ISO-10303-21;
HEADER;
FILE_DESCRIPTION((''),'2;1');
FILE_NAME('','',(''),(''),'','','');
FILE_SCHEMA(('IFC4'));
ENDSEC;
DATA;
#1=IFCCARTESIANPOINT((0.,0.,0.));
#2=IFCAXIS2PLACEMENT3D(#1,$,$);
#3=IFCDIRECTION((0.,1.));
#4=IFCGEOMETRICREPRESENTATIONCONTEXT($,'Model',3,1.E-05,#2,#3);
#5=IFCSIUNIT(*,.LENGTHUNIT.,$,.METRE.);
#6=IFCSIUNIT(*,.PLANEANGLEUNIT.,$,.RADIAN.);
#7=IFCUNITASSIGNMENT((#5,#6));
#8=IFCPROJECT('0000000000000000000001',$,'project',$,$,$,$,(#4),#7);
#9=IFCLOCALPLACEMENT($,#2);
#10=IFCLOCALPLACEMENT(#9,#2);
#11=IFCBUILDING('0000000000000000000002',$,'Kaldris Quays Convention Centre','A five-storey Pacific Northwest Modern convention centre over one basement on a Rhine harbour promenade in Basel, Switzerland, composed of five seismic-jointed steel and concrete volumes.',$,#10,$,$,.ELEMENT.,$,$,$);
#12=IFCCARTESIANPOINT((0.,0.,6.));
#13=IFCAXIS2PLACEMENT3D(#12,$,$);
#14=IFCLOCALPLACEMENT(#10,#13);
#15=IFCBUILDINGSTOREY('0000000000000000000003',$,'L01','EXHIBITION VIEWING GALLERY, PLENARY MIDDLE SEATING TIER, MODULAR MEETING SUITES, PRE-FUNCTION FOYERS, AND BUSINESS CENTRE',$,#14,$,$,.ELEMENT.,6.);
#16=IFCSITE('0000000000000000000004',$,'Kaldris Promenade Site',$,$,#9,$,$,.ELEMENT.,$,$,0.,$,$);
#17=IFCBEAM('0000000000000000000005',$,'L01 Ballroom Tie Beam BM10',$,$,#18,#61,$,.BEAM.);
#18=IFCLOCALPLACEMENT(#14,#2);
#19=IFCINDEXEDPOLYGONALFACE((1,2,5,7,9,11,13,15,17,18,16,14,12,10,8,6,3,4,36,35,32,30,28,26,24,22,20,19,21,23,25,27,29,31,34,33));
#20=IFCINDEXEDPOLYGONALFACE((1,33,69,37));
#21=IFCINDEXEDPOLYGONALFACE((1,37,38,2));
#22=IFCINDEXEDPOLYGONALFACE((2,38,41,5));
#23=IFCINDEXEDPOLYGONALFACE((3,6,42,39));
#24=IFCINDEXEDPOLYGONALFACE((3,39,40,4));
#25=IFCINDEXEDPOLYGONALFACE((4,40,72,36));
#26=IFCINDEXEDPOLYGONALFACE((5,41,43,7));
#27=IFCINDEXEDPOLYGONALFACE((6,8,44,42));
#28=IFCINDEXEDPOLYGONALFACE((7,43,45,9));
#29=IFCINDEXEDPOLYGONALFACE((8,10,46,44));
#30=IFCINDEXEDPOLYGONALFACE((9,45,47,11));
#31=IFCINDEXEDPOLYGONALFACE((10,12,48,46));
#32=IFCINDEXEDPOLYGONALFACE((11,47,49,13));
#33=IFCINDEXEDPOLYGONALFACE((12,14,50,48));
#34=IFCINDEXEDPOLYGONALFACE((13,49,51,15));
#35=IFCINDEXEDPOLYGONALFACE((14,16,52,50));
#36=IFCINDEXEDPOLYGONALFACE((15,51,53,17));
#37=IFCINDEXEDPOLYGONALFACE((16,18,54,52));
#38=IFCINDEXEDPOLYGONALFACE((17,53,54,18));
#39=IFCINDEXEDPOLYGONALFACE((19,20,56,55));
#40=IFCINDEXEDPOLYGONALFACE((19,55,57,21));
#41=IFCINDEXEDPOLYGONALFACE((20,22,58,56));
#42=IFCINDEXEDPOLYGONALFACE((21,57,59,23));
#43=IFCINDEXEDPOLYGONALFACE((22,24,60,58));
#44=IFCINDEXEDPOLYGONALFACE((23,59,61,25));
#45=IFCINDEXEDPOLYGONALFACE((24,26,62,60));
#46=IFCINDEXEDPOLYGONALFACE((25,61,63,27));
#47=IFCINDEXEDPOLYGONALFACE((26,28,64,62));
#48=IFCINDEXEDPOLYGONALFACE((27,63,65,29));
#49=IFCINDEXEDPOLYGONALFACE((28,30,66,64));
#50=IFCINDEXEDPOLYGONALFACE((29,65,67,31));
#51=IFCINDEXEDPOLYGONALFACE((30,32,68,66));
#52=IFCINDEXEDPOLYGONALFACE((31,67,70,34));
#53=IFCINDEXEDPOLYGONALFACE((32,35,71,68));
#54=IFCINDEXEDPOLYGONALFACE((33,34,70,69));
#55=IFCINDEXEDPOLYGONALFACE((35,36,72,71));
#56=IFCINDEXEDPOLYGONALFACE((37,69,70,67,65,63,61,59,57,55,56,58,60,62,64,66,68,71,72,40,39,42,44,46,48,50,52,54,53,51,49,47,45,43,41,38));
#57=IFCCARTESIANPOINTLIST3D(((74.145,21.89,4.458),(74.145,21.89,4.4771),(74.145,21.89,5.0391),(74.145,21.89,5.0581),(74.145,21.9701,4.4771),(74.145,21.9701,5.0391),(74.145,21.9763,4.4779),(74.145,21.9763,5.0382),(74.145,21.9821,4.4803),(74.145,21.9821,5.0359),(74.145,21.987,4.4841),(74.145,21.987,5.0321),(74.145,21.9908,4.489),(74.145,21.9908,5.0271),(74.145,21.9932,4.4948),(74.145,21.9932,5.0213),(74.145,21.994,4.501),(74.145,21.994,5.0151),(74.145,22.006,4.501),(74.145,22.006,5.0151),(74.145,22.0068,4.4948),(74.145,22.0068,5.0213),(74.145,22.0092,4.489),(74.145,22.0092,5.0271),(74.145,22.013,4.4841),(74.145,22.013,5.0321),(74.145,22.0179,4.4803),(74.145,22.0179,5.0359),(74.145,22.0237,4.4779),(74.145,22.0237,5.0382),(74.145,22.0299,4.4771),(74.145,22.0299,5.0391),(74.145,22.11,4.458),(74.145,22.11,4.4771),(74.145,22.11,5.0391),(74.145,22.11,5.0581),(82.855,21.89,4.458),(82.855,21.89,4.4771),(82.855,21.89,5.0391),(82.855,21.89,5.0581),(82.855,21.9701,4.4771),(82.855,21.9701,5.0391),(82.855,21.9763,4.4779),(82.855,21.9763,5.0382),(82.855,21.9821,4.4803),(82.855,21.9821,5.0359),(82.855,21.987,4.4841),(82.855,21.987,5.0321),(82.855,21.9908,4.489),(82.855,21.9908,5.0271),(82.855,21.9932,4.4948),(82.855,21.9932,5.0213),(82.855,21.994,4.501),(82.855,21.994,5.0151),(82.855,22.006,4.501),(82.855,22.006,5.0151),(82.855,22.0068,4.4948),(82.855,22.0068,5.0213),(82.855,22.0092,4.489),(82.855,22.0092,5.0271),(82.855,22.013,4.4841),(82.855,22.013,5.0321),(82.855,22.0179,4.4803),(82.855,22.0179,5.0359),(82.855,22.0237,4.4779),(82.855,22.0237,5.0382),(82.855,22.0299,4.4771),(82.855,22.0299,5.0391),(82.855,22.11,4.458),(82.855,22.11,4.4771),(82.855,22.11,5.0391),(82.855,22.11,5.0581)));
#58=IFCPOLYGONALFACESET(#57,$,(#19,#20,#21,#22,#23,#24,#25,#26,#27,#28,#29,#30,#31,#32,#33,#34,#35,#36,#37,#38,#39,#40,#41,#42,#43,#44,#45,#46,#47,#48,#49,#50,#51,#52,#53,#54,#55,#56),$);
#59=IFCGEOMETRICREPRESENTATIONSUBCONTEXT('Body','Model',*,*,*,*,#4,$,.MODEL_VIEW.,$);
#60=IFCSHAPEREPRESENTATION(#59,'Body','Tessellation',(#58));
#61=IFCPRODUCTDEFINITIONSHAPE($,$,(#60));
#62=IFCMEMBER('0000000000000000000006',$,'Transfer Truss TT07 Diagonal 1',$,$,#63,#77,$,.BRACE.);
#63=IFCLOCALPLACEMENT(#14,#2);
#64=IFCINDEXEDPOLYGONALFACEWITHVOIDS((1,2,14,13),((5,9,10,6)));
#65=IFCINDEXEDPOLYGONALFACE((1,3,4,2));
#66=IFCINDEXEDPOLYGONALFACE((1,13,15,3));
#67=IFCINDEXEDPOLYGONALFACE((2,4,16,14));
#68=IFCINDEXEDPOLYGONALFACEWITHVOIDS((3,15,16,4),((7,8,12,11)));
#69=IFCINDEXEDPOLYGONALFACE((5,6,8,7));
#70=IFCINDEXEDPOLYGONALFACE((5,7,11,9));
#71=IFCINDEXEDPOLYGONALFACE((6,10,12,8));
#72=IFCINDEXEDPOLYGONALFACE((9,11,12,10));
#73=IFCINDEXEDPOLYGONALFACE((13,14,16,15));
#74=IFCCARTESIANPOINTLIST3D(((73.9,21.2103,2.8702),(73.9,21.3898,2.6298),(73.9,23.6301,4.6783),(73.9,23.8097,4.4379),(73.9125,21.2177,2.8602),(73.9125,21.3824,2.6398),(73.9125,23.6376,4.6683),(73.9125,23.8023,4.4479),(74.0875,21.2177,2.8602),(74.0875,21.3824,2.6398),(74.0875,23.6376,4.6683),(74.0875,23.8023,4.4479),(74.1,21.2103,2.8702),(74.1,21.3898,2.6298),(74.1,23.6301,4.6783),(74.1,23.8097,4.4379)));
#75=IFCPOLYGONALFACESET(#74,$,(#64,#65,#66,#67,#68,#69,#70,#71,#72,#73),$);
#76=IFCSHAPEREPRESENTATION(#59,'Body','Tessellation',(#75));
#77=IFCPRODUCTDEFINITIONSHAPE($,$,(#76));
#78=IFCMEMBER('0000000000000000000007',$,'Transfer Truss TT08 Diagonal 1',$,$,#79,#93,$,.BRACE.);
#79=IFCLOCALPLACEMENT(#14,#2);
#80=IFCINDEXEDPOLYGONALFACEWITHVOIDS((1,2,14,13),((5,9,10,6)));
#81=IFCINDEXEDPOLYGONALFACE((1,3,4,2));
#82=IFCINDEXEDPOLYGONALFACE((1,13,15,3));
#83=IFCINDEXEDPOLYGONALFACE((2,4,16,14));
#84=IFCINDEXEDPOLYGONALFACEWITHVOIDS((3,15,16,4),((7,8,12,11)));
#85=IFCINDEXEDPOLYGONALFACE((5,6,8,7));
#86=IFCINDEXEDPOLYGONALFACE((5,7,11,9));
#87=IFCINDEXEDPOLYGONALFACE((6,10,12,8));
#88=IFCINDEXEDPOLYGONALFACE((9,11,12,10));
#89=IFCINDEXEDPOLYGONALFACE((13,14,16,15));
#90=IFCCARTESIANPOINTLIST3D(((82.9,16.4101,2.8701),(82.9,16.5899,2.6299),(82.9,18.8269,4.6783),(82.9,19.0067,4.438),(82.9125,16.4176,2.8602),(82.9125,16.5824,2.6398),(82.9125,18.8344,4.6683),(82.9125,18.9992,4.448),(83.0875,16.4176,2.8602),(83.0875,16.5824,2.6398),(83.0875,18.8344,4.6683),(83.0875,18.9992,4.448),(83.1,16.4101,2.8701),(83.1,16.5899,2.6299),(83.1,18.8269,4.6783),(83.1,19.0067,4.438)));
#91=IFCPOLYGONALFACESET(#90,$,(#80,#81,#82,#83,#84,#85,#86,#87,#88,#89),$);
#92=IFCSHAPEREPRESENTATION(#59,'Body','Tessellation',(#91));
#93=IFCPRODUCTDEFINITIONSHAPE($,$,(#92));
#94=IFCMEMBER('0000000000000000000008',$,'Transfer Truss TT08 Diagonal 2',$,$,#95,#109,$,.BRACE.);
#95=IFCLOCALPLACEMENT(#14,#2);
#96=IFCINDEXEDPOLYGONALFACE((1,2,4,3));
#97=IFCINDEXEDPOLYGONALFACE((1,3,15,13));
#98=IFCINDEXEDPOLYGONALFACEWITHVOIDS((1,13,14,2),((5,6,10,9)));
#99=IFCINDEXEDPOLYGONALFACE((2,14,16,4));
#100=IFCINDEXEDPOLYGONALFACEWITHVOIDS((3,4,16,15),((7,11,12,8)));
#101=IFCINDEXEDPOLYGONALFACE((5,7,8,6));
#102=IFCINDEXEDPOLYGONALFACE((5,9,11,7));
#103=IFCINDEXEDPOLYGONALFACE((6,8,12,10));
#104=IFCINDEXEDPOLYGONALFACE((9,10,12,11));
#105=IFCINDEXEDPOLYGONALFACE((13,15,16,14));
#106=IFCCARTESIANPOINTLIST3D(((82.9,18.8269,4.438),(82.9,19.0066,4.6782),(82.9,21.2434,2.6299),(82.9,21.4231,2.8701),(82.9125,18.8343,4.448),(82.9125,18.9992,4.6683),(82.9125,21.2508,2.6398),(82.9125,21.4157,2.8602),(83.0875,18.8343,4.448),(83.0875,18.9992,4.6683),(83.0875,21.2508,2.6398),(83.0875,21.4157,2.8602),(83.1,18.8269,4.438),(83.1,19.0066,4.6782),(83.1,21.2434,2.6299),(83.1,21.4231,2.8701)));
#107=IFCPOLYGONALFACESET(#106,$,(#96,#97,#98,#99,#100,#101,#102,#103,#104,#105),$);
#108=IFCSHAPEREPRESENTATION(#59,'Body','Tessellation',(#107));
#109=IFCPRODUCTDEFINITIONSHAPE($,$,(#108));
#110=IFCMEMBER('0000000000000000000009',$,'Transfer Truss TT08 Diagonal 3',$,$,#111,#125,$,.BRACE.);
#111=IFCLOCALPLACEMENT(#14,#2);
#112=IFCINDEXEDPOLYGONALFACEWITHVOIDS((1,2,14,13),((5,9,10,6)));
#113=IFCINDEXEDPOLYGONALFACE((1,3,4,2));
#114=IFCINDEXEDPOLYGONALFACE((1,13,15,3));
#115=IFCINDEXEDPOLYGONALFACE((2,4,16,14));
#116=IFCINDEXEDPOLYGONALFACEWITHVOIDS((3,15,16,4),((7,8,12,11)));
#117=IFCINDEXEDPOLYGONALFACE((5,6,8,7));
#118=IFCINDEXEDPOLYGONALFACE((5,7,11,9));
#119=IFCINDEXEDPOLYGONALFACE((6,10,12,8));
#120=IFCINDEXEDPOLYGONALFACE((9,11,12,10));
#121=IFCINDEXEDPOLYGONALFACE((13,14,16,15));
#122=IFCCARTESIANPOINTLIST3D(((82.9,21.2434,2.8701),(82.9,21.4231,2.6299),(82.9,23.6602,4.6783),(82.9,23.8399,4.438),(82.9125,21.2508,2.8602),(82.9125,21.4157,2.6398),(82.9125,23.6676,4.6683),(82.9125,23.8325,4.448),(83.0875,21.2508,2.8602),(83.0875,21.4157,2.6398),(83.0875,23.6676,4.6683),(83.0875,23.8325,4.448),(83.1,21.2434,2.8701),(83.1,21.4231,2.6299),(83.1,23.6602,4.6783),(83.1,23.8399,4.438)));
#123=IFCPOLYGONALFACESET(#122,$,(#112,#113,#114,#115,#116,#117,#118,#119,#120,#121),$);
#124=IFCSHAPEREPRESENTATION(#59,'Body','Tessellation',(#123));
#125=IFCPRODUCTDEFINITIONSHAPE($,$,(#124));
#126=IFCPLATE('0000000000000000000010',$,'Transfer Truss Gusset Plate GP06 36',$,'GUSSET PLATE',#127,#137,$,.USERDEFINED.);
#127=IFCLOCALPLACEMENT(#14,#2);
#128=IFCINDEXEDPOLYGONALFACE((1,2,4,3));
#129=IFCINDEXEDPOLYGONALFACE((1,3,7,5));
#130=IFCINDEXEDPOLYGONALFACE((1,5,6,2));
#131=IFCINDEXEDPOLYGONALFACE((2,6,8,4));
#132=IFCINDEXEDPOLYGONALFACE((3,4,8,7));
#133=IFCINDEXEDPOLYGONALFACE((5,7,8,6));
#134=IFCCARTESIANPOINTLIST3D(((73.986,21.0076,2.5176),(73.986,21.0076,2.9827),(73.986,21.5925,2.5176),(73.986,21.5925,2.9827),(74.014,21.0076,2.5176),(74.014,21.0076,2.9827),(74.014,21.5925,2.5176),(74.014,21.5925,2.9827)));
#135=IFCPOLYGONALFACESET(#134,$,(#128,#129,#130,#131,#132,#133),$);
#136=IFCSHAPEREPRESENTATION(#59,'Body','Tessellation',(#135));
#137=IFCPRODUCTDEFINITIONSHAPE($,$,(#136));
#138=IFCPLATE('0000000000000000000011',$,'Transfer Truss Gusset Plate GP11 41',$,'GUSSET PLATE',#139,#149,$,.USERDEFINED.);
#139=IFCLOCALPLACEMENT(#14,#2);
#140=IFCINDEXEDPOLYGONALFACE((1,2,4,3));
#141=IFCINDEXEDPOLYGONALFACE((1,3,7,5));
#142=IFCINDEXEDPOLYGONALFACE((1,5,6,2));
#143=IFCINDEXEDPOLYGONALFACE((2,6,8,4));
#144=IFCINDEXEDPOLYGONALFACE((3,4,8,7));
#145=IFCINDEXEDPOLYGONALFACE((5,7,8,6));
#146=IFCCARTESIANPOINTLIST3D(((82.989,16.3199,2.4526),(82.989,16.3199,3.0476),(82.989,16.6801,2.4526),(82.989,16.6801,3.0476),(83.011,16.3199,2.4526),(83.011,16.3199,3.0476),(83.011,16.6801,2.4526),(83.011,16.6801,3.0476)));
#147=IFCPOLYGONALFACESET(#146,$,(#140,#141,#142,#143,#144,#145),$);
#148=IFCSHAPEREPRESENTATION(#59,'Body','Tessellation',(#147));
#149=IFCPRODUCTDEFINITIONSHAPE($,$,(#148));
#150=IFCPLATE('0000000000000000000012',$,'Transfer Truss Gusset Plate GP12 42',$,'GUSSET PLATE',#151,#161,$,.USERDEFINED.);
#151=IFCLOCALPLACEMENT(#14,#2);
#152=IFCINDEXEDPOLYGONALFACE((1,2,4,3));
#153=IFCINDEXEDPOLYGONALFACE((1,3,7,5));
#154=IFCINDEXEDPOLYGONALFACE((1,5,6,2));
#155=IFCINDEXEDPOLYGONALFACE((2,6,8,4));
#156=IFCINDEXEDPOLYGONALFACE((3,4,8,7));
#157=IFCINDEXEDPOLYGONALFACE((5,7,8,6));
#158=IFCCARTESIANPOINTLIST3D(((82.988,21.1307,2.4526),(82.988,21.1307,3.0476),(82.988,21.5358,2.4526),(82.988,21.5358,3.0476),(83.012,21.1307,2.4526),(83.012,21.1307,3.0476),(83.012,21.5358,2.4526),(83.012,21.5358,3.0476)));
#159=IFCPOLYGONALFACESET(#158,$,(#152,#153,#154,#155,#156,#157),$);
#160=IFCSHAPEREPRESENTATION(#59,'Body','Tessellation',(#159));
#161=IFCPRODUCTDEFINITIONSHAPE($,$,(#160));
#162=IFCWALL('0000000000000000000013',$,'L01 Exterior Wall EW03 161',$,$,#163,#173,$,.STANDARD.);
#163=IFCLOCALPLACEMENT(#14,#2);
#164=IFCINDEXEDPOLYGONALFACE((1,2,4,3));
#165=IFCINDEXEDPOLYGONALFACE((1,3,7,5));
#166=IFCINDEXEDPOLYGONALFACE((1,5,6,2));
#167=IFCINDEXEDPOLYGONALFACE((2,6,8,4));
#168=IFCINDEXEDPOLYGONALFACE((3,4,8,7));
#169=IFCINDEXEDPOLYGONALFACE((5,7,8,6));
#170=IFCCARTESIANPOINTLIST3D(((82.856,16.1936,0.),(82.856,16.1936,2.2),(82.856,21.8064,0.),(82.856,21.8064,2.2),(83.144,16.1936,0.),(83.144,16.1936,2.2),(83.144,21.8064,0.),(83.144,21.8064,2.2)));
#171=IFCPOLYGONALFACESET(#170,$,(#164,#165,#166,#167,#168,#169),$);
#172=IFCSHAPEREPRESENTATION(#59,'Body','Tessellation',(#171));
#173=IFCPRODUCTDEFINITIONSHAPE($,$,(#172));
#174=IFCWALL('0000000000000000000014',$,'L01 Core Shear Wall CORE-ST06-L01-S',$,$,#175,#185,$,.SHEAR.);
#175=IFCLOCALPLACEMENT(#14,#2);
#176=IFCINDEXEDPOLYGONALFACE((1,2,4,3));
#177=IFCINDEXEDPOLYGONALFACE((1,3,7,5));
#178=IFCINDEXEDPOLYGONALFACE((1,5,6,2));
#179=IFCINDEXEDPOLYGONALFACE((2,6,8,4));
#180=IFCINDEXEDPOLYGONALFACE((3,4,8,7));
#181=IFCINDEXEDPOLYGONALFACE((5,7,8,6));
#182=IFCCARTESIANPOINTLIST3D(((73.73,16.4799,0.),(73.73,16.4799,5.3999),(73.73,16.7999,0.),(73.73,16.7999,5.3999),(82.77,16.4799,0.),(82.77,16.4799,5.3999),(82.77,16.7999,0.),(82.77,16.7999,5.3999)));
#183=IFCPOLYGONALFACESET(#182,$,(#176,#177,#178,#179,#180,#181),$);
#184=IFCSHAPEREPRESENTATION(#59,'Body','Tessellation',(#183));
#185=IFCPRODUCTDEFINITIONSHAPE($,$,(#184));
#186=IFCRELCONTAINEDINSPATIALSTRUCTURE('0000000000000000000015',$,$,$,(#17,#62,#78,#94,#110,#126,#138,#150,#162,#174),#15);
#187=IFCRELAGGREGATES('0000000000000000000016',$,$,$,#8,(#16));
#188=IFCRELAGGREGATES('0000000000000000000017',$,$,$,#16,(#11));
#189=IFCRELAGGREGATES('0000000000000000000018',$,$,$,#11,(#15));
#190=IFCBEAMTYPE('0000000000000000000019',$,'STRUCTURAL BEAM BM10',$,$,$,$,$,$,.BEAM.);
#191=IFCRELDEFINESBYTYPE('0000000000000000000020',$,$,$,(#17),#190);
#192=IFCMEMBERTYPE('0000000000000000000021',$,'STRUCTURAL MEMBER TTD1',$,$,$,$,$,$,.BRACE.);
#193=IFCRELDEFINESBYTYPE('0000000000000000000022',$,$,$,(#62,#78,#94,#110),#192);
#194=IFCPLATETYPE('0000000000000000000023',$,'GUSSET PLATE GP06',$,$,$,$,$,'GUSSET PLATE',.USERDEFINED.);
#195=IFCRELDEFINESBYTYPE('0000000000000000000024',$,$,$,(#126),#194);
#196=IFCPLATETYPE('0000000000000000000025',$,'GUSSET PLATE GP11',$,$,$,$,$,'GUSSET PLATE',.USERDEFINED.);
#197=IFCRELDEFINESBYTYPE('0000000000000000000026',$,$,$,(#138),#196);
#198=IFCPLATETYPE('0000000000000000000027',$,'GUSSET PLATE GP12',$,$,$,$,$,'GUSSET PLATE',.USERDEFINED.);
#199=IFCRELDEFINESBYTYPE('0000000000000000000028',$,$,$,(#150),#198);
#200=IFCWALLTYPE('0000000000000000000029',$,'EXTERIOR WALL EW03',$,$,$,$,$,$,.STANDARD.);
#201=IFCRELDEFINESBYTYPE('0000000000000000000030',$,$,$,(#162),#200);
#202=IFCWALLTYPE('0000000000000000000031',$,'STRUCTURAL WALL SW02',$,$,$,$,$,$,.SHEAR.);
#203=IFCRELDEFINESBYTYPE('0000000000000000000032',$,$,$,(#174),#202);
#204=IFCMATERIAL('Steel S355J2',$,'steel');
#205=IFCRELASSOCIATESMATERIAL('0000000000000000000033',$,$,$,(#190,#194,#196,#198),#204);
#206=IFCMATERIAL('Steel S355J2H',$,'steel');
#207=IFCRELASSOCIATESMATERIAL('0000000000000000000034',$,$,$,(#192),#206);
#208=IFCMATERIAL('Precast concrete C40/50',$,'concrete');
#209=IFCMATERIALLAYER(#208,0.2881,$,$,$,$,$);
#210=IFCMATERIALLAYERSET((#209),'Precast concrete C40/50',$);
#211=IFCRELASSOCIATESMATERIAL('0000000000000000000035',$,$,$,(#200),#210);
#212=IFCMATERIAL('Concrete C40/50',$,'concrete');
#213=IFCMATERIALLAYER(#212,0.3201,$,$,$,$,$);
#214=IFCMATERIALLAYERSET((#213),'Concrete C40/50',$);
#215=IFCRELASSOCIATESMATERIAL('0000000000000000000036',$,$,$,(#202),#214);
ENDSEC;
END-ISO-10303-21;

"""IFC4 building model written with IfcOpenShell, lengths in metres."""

from ifc_helpers import new_model, si_unit, direction, frame, frame_2d, origin, origin_2d, place, context, subcontext, project, spatial, rectangle, hollow_rectangle, i_section, extrude, material, layer, layer_set, material_profile, profile_set, type_object, element, save


model = new_model("IFC4")

# Units and contexts
model_context = context("Model", 3, precision=1e-05, world=origin(), true_north=direction((0.0, 1.0)))
body_context = subcontext(model_context, "Body", "Model", "MODEL_VIEW")
ifc_project = project(units=[si_unit("LENGTHUNIT", "METRE"), si_unit("PLANEANGLEUNIT", "RADIAN")], contexts=[model_context])

# Site, building, storey
site_placement = place(None, origin())
site = spatial("IfcSite", under=ifc_project, at=site_placement, Name="Kaldris Promenade Site", CompositionType="ELEMENT", RefElevation=0.0)
building_placement = place(site_placement, origin())
building = spatial("IfcBuilding", under=site, at=building_placement, Name="Kaldris Quays Convention Centre", Description="A five-storey Pacific Northwest Modern convention centre over one basement on a Rhine harbour promenade in Basel, Switzerland, composed of five seismic-jointed steel and concrete volumes.", CompositionType="ELEMENT")
storey_placement = place(building_placement, frame((0.0, 0.0, 6.0)))
storey = spatial("IfcBuildingStorey", under=building, at=storey_placement, Name="L01", Description="EXHIBITION VIEWING GALLERY, PLENARY MIDDLE SEATING TIER, MODULAR MEETING SUITES, PRE-FUNCTION FOYERS, AND BUSINESS CENTRE", CompositionType="ELEMENT", Elevation=6.0)

# Beam
ifc_material_1 = material(Name="Steel S355J2", Category="steel")
ifc_material_profile_1 = material_profile(ifc_material_1, i_section(OverallWidth=0.22, OverallDepth=0.6001, WebThickness=0.012, FlangeThickness=0.019, FilletRadius=0.0239, at=origin_2d()), Name="IPE 600")
ifc_profile_set_1 = profile_set([ifc_material_profile_1], Name="Steel S355J2")
beam_type_1 = type_object("IfcBeamType", Name="STRUCTURAL BEAM BM10", PredefinedType="BEAM", material=ifc_profile_set_1)
beam_1_placement = place(storey_placement, frame((74.145, 22.0, 4.7581), z_axis=(1.0, 0.0, 0.0), x_axis=(0.0, 1.0, 0.0)))
element("IfcBeam", 1, at=beam_1_placement, inside=storey, type_object=beam_type_1, Name="L01 Ballroom Tie Beam BM10", PredefinedType="BEAM", context=body_context, shape_type="SweptSolid", body=[
    extrude(i_section(OverallWidth=0.22, OverallDepth=0.6001, WebThickness=0.012, FlangeThickness=0.019, FilletRadius=0.0239, at=origin_2d()), origin(), (0.0, 0.0, 1.0), 8.71),
])

# Members
ifc_material_2 = material(Name="Steel S355J2H", Category="steel")
ifc_material_profile_2 = material_profile(ifc_material_2, hollow_rectangle(XDim=0.2, YDim=0.3, WallThickness=0.0125, at=origin_2d()), Name="RHS 300x200x12.5")
ifc_profile_set_2 = profile_set([ifc_material_profile_2], Name="Steel S355J2H")
member_type = type_object("IfcMemberType", Name="STRUCTURAL MEMBER TTD1", PredefinedType="BRACE", material=ifc_profile_set_2)
member_1_placement = place(storey_placement, frame((74.0, 21.3, 2.75), z_axis=(0.0, 0.801085, 0.598551), x_axis=(-1.0, 0.0, 0.0)))
element("IfcMember", 2, at=member_1_placement, inside=storey, type_object=member_type, Name="Transfer Truss TT07 Diagonal 1", PredefinedType="BRACE", context=body_context, shape_type="SweptSolid", body=[
    extrude(hollow_rectangle(XDim=0.2, YDim=0.3, WallThickness=0.0125, at=origin_2d()), origin(), (0.0, 0.0, 1.0), 3.0208),
])
member_2_placement = place(storey_placement, frame((83.0, 16.5, 2.75), z_axis=(0.0, 0.800708, 0.599055), x_axis=(-1.0, 0.0, 0.0)))
element("IfcMember", 3, at=member_2_placement, inside=storey, type_object=member_type, Name="Transfer Truss TT08 Diagonal 1", PredefinedType="BRACE", context=body_context, shape_type="SweptSolid", body=[
    extrude(hollow_rectangle(XDim=0.2, YDim=0.3, WallThickness=0.0125, at=origin_2d()), origin(), (0.0, 0.0, 1.0), 3.0183),
])
member_3_placement = place(storey_placement, frame((83.0, 21.3333, 2.75), z_axis=(0.0, -0.800679, 0.599094), x_axis=(1.0, 0.0, 0.0)))
element("IfcMember", 4, at=member_3_placement, inside=storey, type_object=member_type, Name="Transfer Truss TT08 Diagonal 2", PredefinedType="BRACE", context=body_context, shape_type="SweptSolid", body=[
    extrude(hollow_rectangle(XDim=0.2, YDim=0.3, WallThickness=0.0125, at=origin_2d()), origin(), (0.0, 0.0, 1.0), 3.0181),
])
member_4_placement = place(storey_placement, frame((83.0, 21.3333, 2.75), z_axis=(0.0, 0.800708, 0.599055), x_axis=(-1.0, 0.0, 0.0)))
element("IfcMember", 5, at=member_4_placement, inside=storey, type_object=member_type, Name="Transfer Truss TT08 Diagonal 3", PredefinedType="BRACE", context=body_context, shape_type="SweptSolid", body=[
    extrude(hollow_rectangle(XDim=0.2, YDim=0.3, WallThickness=0.0125, at=origin_2d()), origin(), (0.0, 0.0, 1.0), 3.0183),
])

# Plates
plate_type_1 = type_object("IfcPlateType", Name="GUSSET PLATE GP06", ElementType="GUSSET PLATE", PredefinedType="USERDEFINED", material=ifc_material_1)
plate_1_placement = place(storey_placement, frame((74.0, 21.3, 2.5176), z_axis=(0.0, 0.0, 1.0), x_axis=(1.0, 0.0, 0.0)))
element("IfcPlate", 6, at=plate_1_placement, inside=storey, type_object=plate_type_1, Name="Transfer Truss Gusset Plate GP06 36", ObjectType="GUSSET PLATE", PredefinedType="USERDEFINED", context=body_context, shape_type="SweptSolid", body=[
    extrude(rectangle(XDim=0.0281, YDim=0.585, at=origin_2d()), origin(), (0.0, 0.0, 1.0), 0.4651),
])
plate_type_2 = type_object("IfcPlateType", Name="GUSSET PLATE GP11", ElementType="GUSSET PLATE", PredefinedType="USERDEFINED", material=ifc_material_1)
plate_2_placement = place(storey_placement, frame((83.0, 16.5, 2.4526), z_axis=(0.0, 0.0, 1.0), x_axis=(1.0, 0.0, 0.0)))
element("IfcPlate", 7, at=plate_2_placement, inside=storey, type_object=plate_type_2, Name="Transfer Truss Gusset Plate GP11 41", ObjectType="GUSSET PLATE", PredefinedType="USERDEFINED", context=body_context, shape_type="SweptSolid", body=[
    extrude(rectangle(XDim=0.022, YDim=0.3601, at=origin_2d()), origin(), (0.0, 0.0, 1.0), 0.595),
])
plate_type_3 = type_object("IfcPlateType", Name="GUSSET PLATE GP12", ElementType="GUSSET PLATE", PredefinedType="USERDEFINED", material=ifc_material_1)
plate_3_placement = place(storey_placement, frame((83.0, 21.3333, 2.4526), z_axis=(0.0, 0.0, 1.0), x_axis=(1.0, 0.0, 0.0)))
element("IfcPlate", 8, at=plate_3_placement, inside=storey, type_object=plate_type_3, Name="Transfer Truss Gusset Plate GP12 42", ObjectType="GUSSET PLATE", PredefinedType="USERDEFINED", context=body_context, shape_type="SweptSolid", body=[
    extrude(rectangle(XDim=0.0239, YDim=0.405, at=origin_2d()), origin(), (0.0, 0.0, 1.0), 0.595),
])

# Walls
ifc_material_3 = material(Name="Precast concrete C40/50", Category="concrete")
ifc_layer_1 = layer(ifc_material_3, 0.2881)
ifc_layer_set_1 = layer_set([ifc_layer_1], Name="Precast concrete C40/50")
wall_type_1 = type_object("IfcWallType", Name="EXTERIOR WALL EW03", PredefinedType="STANDARD", material=ifc_layer_set_1)
wall_1_placement = place(storey_placement, frame((83.0, 16.1936, 0.0), z_axis=(0.0, 0.0, 1.0), x_axis=(0.0, 1.0, 0.0)))
element("IfcWall", 9, at=wall_1_placement, inside=storey, type_object=wall_type_1, Name="L01 Exterior Wall EW03 161", PredefinedType="STANDARD", context=body_context, shape_type="SweptSolid", body=[
    extrude(rectangle(XDim=5.6128, YDim=0.2881, at=frame_2d((2.8064, 0.0))), origin(), (0.0, 0.0, 1.0), 2.2),
])
ifc_material_4 = material(Name="Concrete C40/50", Category="concrete")
ifc_layer_2 = layer(ifc_material_4, 0.3201)
ifc_layer_set_2 = layer_set([ifc_layer_2], Name="Concrete C40/50")
wall_type_2 = type_object("IfcWallType", Name="STRUCTURAL WALL SW02", PredefinedType="SHEAR", material=ifc_layer_set_2)
for number, where, z_axis, x_axis, name in (
    (10, (73.73, 16.6399, 0.0), (0.0, 0.0, 1.0), (1.0, 0.0, 0.0), "L01 Core Shear Wall CORE-ST06-L01-S"),
):
    element("IfcWall", number, at=place(storey_placement, frame(where, z_axis=z_axis, x_axis=x_axis)), inside=storey, type_object=wall_type_2, Name=name, PredefinedType="SHEAR", context=body_context, shape_type="SweptSolid", body=[
        extrude(rectangle(XDim=9.04, YDim=0.3201, at=frame_2d((4.52, 0.0))), origin(), (0.0, 0.0, 1.0), 5.3999),
    ])

save(model, "model.ifc")
